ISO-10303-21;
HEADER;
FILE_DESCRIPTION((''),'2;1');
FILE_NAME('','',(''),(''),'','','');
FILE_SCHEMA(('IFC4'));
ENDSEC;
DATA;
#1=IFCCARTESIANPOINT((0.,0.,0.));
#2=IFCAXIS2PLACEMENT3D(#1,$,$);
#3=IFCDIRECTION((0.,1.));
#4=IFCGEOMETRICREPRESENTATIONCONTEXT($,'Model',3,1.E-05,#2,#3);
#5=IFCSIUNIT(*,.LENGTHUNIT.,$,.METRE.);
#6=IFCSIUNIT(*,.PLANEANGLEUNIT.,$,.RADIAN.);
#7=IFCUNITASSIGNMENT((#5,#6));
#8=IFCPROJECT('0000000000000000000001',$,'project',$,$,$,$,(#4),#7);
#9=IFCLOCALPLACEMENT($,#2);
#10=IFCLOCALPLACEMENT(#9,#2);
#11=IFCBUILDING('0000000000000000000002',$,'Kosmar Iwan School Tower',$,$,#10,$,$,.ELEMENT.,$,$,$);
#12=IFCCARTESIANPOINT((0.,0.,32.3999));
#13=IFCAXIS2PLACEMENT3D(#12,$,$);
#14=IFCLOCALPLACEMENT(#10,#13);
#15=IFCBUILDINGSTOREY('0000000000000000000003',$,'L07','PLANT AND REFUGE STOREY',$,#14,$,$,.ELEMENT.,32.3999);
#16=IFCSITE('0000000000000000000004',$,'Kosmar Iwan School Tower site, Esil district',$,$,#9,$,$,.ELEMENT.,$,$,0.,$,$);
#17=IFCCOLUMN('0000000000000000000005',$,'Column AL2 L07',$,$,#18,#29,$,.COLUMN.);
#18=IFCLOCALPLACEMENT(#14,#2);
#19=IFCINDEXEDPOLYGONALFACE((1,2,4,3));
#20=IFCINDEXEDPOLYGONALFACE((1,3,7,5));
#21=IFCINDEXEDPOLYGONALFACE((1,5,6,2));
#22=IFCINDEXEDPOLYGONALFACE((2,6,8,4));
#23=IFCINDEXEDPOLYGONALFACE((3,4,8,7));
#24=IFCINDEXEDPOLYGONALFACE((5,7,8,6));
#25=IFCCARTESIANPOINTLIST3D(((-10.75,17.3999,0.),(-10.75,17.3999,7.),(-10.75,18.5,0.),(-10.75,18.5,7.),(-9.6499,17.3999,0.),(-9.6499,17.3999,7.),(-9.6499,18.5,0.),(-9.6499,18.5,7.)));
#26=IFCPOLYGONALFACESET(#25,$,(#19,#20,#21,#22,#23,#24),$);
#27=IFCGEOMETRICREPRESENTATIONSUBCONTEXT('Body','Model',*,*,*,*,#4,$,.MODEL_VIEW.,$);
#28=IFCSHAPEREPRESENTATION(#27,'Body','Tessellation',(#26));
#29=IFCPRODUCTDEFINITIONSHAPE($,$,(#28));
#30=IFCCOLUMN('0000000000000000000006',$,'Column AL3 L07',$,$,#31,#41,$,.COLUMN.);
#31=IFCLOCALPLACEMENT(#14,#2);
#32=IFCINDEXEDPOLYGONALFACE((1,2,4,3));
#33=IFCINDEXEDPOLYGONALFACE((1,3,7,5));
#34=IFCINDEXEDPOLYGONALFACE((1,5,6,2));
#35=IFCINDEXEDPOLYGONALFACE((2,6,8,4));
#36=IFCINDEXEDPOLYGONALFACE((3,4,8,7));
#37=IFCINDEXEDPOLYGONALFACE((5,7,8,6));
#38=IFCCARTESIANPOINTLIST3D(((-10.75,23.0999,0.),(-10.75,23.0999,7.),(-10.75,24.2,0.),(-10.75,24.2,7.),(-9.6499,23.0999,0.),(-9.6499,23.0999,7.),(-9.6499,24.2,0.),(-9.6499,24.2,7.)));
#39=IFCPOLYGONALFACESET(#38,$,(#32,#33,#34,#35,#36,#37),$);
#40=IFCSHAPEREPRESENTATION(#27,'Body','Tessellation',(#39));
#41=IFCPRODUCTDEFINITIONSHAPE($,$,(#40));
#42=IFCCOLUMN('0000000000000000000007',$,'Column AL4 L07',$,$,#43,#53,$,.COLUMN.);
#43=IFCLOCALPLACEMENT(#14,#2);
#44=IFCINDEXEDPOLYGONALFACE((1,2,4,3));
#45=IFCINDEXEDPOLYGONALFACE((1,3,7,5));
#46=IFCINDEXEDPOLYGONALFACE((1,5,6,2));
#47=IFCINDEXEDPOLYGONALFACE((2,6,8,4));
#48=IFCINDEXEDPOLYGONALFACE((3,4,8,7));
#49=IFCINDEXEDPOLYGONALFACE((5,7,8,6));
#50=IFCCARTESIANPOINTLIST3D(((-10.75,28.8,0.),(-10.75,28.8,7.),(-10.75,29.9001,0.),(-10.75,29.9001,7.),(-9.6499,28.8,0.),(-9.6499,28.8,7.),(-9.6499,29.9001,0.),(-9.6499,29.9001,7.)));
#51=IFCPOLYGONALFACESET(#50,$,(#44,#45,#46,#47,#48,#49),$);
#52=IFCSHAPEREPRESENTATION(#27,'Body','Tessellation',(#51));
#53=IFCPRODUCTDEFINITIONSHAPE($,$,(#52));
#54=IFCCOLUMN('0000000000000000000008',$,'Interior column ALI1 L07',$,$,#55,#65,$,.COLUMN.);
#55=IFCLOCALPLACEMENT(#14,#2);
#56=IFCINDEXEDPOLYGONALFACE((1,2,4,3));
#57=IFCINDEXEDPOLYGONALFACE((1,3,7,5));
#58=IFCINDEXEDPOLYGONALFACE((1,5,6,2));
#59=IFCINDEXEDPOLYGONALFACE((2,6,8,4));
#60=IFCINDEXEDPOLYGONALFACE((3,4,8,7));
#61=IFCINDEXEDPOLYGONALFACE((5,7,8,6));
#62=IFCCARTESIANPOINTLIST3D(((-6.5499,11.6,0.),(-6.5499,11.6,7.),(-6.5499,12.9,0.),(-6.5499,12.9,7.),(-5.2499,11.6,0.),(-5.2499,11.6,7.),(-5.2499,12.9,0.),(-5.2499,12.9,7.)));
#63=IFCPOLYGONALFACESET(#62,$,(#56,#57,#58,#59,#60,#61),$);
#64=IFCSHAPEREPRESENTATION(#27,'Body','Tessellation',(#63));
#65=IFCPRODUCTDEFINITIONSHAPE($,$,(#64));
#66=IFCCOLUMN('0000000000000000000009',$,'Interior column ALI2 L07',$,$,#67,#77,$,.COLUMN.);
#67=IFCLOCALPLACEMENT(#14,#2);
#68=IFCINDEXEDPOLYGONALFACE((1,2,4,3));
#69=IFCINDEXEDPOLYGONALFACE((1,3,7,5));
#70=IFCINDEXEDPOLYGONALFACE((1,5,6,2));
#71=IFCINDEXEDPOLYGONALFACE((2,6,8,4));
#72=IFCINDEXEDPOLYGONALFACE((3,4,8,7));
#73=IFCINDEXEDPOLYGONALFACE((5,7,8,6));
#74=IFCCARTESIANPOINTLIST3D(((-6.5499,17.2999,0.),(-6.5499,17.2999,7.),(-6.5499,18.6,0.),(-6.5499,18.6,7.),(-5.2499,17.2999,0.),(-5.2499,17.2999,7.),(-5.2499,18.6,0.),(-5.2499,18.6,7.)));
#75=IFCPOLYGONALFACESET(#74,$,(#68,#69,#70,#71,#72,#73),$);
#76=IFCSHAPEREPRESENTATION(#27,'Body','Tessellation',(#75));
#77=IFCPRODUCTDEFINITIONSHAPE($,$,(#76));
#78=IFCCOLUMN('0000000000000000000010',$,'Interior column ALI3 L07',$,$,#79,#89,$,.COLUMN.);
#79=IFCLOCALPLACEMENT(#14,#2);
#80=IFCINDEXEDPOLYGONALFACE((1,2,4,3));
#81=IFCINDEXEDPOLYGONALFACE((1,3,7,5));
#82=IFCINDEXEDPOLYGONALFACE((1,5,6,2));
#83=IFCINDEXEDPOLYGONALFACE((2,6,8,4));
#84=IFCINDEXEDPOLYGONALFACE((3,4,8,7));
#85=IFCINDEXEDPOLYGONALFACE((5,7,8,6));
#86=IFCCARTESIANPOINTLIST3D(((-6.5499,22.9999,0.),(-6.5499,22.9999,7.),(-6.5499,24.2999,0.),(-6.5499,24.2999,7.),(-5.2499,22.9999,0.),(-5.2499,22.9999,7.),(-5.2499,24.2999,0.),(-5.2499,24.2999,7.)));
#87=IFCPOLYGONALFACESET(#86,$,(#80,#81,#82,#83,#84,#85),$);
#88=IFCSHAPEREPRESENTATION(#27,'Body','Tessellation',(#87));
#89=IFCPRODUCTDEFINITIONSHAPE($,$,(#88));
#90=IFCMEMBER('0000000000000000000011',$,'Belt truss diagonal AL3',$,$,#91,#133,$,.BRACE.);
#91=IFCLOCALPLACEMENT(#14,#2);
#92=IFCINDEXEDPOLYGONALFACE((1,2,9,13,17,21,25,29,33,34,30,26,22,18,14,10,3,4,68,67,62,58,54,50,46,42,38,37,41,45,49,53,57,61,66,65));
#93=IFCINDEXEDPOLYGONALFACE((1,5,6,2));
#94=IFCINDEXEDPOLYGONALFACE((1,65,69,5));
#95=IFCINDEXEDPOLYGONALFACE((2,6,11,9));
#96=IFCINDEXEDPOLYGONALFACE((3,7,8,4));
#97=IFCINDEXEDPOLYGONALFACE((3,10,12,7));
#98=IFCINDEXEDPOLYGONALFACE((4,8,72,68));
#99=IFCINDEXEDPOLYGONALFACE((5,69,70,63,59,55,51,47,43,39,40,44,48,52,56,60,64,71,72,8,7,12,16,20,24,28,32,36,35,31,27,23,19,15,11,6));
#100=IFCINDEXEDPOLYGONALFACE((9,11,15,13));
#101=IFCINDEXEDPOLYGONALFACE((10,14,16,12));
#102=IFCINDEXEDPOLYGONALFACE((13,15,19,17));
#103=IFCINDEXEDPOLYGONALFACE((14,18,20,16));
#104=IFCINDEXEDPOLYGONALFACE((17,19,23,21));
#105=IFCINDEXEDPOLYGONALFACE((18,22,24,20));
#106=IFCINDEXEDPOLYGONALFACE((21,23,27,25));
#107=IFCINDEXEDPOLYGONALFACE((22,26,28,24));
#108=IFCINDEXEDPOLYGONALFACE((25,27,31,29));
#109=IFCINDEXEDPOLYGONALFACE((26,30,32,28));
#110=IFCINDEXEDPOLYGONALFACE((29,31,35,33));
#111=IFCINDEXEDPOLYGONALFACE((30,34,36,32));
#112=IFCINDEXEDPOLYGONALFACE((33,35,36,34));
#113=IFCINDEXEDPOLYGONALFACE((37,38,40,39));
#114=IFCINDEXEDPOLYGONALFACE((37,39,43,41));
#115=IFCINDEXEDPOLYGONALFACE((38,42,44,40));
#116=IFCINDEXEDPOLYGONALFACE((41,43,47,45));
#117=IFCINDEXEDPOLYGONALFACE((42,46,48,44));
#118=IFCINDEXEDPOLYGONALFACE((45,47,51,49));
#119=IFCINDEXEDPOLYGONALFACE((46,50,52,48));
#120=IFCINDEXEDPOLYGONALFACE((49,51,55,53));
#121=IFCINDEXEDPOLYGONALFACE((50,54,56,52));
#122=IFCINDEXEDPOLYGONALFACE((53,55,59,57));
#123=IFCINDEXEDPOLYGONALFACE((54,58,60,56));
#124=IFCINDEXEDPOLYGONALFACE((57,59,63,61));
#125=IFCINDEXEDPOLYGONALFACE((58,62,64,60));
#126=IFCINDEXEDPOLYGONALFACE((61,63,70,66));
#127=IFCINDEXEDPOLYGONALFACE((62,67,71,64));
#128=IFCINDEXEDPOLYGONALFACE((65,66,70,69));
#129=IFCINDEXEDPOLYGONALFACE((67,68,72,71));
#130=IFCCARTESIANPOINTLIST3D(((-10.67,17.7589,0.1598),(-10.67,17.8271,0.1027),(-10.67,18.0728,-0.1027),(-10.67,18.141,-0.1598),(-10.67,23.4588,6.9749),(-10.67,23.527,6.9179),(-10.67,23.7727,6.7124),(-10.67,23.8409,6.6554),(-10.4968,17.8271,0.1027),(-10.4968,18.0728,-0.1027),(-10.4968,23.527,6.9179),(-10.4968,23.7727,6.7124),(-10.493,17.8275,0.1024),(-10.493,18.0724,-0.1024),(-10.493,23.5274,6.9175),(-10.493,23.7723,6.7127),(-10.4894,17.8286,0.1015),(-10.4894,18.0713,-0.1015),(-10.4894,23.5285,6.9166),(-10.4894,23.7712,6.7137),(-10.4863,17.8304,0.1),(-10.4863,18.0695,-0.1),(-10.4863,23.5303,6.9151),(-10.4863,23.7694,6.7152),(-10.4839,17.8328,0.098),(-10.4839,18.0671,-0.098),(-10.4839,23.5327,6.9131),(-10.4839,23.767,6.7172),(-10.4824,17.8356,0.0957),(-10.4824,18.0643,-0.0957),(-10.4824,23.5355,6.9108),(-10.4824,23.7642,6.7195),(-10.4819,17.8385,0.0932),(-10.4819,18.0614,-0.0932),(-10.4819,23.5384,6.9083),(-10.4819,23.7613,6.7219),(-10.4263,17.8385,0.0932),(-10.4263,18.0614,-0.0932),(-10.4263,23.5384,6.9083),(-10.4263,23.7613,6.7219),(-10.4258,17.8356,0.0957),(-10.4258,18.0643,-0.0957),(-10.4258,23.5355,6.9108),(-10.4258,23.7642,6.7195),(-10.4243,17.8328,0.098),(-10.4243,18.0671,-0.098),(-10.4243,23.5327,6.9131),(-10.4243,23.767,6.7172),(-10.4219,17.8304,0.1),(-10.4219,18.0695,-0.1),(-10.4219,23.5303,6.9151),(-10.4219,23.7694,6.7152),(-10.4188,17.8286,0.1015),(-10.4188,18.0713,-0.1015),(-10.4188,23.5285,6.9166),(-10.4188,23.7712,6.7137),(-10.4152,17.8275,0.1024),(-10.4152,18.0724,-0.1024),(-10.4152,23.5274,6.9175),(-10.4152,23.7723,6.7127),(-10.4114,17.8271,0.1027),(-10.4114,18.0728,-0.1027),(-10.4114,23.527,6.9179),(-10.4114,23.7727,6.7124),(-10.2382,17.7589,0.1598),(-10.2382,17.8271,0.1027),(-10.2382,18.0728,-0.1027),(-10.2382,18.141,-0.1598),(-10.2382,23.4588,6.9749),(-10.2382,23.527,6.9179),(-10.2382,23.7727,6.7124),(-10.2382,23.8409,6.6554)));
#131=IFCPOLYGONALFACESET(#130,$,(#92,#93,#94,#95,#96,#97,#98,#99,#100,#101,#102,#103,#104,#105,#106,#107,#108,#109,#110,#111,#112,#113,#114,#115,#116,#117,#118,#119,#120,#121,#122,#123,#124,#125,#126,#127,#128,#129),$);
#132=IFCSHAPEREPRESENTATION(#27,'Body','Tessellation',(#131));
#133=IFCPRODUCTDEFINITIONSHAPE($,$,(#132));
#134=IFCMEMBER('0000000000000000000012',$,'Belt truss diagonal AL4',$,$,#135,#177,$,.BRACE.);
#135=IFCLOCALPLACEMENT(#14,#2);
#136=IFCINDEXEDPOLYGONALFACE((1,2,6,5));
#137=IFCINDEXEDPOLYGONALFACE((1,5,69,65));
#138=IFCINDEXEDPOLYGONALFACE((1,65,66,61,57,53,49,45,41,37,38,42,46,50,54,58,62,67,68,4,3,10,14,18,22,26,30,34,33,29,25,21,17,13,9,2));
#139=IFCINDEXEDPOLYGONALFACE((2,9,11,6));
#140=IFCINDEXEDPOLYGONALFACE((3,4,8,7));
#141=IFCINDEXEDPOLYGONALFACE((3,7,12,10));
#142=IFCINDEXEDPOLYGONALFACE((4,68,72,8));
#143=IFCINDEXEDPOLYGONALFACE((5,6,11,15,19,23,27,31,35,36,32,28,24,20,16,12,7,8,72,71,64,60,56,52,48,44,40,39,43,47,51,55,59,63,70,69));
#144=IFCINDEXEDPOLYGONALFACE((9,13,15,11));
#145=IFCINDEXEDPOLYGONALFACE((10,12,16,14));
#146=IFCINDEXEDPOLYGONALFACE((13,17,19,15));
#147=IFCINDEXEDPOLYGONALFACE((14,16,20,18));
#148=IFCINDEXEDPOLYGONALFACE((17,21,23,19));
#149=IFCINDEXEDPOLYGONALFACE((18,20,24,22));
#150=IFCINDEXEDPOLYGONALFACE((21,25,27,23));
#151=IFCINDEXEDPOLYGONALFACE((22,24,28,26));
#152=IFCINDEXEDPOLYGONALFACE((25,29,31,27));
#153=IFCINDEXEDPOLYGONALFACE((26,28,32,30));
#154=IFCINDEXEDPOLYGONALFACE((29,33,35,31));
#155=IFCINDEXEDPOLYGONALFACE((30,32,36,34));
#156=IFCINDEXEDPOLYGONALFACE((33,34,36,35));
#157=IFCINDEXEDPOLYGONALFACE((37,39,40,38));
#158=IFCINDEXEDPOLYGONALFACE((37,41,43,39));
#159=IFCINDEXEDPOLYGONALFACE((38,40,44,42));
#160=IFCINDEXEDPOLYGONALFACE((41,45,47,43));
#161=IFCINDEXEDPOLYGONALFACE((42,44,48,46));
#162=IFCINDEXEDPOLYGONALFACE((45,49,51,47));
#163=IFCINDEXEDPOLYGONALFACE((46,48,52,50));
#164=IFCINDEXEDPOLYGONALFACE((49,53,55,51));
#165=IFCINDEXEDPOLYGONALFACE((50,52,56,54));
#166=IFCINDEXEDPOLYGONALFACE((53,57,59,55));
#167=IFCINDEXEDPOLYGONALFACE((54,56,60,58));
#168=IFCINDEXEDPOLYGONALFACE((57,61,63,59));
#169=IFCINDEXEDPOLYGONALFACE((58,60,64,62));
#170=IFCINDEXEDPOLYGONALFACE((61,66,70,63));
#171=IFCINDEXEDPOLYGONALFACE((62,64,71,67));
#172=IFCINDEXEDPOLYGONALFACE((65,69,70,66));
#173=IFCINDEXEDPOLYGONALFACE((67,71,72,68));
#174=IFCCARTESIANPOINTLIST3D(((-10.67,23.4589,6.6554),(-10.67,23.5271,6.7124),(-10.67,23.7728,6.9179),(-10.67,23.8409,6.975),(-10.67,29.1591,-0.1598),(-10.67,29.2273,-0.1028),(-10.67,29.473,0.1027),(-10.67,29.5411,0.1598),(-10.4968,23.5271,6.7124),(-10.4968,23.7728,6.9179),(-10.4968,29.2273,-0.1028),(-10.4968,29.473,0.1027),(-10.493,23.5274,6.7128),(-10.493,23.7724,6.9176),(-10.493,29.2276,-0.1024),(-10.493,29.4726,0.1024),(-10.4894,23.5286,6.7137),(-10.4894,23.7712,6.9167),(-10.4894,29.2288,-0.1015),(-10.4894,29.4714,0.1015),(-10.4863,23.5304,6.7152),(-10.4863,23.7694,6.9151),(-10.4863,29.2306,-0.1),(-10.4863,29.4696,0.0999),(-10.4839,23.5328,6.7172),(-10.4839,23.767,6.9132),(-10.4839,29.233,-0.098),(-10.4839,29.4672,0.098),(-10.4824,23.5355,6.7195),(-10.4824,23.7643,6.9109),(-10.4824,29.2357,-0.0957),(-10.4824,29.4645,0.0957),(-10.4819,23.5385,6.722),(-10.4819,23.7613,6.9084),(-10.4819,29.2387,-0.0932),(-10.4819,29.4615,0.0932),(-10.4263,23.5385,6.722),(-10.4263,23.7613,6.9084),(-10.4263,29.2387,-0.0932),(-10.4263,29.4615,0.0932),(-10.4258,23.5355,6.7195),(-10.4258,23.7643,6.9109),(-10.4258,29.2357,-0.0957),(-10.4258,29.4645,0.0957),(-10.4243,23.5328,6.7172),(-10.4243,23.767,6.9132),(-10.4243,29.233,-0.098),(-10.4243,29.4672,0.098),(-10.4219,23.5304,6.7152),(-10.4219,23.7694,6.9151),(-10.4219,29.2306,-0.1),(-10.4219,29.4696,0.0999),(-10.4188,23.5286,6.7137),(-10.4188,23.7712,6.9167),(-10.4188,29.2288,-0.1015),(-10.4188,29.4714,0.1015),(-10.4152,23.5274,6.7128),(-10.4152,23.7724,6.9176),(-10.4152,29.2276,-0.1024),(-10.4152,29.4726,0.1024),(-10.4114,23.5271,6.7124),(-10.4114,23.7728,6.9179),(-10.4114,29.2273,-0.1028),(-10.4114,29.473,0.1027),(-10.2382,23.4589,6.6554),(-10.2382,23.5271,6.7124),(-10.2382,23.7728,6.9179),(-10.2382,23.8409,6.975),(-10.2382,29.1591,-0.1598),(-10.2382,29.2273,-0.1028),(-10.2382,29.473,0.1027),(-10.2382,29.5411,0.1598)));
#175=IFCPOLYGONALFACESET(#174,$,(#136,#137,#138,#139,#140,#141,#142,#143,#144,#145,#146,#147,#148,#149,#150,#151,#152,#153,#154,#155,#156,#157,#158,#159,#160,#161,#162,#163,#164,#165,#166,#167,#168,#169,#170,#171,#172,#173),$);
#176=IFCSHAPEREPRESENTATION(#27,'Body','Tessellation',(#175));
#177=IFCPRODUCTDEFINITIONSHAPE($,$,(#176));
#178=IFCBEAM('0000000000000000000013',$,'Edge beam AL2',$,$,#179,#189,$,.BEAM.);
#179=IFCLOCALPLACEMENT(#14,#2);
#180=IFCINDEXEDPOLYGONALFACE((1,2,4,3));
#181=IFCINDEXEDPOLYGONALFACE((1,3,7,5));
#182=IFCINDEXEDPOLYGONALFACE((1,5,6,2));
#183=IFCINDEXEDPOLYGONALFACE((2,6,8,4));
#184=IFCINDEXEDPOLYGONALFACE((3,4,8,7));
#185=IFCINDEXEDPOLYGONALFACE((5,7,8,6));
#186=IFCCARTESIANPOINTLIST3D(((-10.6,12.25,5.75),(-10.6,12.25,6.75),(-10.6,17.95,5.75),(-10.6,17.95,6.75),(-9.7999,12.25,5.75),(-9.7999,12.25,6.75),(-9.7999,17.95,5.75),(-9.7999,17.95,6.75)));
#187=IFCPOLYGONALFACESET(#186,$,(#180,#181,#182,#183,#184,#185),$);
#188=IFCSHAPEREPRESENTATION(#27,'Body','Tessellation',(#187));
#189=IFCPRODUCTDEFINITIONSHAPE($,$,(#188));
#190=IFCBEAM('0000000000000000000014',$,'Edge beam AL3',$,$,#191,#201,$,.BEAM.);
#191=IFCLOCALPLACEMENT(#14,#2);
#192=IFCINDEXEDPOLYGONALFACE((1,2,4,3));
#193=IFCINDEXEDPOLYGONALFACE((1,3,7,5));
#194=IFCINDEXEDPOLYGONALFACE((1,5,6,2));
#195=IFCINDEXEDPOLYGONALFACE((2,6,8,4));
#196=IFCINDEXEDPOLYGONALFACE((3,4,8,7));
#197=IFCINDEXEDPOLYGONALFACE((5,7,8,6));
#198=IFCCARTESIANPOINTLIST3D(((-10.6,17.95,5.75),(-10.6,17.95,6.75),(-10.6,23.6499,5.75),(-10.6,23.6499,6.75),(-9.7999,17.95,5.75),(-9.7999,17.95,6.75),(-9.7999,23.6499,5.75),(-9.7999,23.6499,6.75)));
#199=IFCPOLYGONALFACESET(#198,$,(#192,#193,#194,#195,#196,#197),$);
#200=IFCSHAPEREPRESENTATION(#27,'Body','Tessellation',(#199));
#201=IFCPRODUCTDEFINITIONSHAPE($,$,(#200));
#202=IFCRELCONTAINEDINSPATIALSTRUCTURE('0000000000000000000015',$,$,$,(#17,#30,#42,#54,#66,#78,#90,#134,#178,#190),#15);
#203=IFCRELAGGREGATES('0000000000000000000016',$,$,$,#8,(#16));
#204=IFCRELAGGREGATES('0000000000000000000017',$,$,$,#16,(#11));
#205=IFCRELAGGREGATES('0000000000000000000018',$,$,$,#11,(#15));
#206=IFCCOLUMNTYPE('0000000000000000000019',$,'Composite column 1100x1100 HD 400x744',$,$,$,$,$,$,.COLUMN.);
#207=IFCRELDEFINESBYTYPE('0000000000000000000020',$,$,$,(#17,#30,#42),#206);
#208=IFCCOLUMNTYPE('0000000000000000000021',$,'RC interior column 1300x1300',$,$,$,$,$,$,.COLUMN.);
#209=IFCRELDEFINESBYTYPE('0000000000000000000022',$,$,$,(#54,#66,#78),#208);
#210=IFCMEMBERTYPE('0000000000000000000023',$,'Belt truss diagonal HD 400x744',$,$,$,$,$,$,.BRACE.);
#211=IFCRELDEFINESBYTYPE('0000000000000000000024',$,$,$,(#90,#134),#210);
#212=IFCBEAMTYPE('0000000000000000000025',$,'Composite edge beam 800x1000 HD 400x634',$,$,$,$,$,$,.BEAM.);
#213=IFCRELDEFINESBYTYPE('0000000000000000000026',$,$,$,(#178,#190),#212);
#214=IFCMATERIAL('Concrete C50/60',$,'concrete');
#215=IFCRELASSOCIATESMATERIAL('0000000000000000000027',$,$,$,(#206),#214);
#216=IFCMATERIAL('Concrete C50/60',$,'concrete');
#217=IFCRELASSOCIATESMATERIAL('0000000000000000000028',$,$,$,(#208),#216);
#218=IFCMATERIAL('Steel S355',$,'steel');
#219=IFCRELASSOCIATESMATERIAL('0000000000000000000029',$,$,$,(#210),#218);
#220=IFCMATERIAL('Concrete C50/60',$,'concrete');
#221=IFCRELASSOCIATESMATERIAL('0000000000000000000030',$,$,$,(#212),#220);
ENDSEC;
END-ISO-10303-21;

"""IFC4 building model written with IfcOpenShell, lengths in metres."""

from ifc_helpers import new_model, si_unit, direction, frame, origin, origin_2d, place, context, subcontext, project, spatial, rectangle, i_section, extrude, material, material_profile, profile_set, type_object, element, save


model = new_model("IFC4")

# Units and contexts
model_context = context("Model", 3, precision=1e-05, world=origin(), true_north=direction((0.0, 1.0)))
body_context = subcontext(model_context, "Body", "Model", "MODEL_VIEW")
ifc_project = project(units=[si_unit("LENGTHUNIT", "METRE"), si_unit("PLANEANGLEUNIT", "RADIAN")], contexts=[model_context])

# Site, building, storey
site_placement = place(None, origin())
site = spatial("IfcSite", under=ifc_project, at=site_placement, Name="Kosmar Iwan School Tower site, Esil district", CompositionType="ELEMENT", RefElevation=0.0)
building_placement = place(site_placement, origin())
building = spatial("IfcBuilding", under=site, at=building_placement, Name="Kosmar Iwan School Tower", CompositionType="ELEMENT")
storey_placement = place(building_placement, frame((0.0, 0.0, 32.3999)))
storey = spatial("IfcBuildingStorey", under=building, at=storey_placement, Name="L07", Description="PLANT AND REFUGE STOREY", CompositionType="ELEMENT", Elevation=32.3999)

# Columns
ifc_material_1 = material(Name="Concrete C50/60", Category="concrete")
ifc_material_profile_1 = material_profile(ifc_material_1, rectangle(XDim=1.1001, YDim=1.1001, at=origin_2d()), Name="RC 1100x1100 + HD 400x744")
ifc_profile_set_1 = profile_set([ifc_material_profile_1], Name="Concrete C50/60")
column_type_1 = type_object("IfcColumnType", Name="Composite column 1100x1100 HD 400x744", PredefinedType="COLUMN", material=ifc_profile_set_1)
for number, where, z_axis, x_axis, name in (
    (1, (-10.2, 17.95, 0.0), (0.0, 0.0, 1.0), (0.0, 1.0, 0.0), "Column AL2 L07"),
    (2, (-10.2, 23.6499, 0.0), (0.0, 0.0, 1.0), (0.0, 1.0, 0.0), "Column AL3 L07"),
    (3, (-10.2, 29.3501, 0.0), (0.0, 0.0, 1.0), (0.0, 1.0, 0.0), "Column AL4 L07"),
):
    element("IfcColumn", number, at=place(storey_placement, frame(where, z_axis=z_axis, x_axis=x_axis)), inside=storey, type_object=column_type_1, Name=name, PredefinedType="COLUMN", context=body_context, shape_type="SweptSolid", body=[
        extrude(rectangle(XDim=1.1001, YDim=1.1001, at=origin_2d()), origin(), (0.0, 0.0, 1.0), 7.0),
    ])
ifc_material_2 = material(Name="Concrete C50/60", Category="concrete")
ifc_material_profile_2 = material_profile(ifc_material_2, rectangle(XDim=1.3, YDim=1.3, at=origin_2d()), Name="RC 1300x1300")
ifc_profile_set_2 = profile_set([ifc_material_profile_2], Name="Concrete C50/60")
column_type_2 = type_object("IfcColumnType", Name="RC interior column 1300x1300", PredefinedType="COLUMN", material=ifc_profile_set_2)
for number, where, z_axis, x_axis, name in (
    (4, (-5.8999, 12.25, 0.0), (0.0, 0.0, 1.0), (0.0, 1.0, 0.0), "Interior column ALI1 L07"),
    (5, (-5.8999, 17.95, 0.0), (0.0, 0.0, 1.0), (0.0, 1.0, 0.0), "Interior column ALI2 L07"),
    (6, (-5.8999, 23.6499, 0.0), (0.0, 0.0, 1.0), (0.0, 1.0, 0.0), "Interior column ALI3 L07"),
):
    element("IfcColumn", number, at=place(storey_placement, frame(where, z_axis=z_axis, x_axis=x_axis)), inside=storey, type_object=column_type_2, Name=name, PredefinedType="COLUMN", context=body_context, shape_type="SweptSolid", body=[
        extrude(rectangle(XDim=1.3, YDim=1.3, at=origin_2d()), origin(), (0.0, 0.0, 1.0), 7.0),
    ])

# Members
ifc_material_3 = material(Name="Steel S355", Category="steel")
ifc_material_profile_3 = material_profile(ifc_material_3, i_section(OverallWidth=0.4319, OverallDepth=0.498, WebThickness=0.0557, FlangeThickness=0.0889, FilletRadius=0.0149, at=origin_2d()), Name="HD 400x744")
ifc_profile_set_3 = profile_set([ifc_material_profile_3], Name="Steel S355")
member_type = type_object("IfcMemberType", Name="Belt truss diagonal HD 400x744", PredefinedType="BRACE", material=ifc_profile_set_3)
member_1_placement = place(storey_placement, frame((-10.4541, 17.95, 0.0), z_axis=(0.0, 0.641554, 0.767078), x_axis=(-1.0, 0.0, 0.0)))
element("IfcMember", 7, at=member_1_placement, inside=storey, type_object=member_type, Name="Belt truss diagonal AL3", PredefinedType="BRACE", context=body_context, shape_type="SweptSolid", body=[
    extrude(i_section(OverallWidth=0.4319, OverallDepth=0.498, WebThickness=0.0557, FlangeThickness=0.0889, FilletRadius=0.0149, at=origin_2d()), origin(), (0.0, 0.0, 1.0), 8.8845),
])
member_2_placement = place(storey_placement, frame((-10.4541, 23.6499, 6.8152), z_axis=(0.0, 0.64157, -0.767065), x_axis=(-1.0, 0.0, 0.0)))
element("IfcMember", 8, at=member_2_placement, inside=storey, type_object=member_type, Name="Belt truss diagonal AL4", PredefinedType="BRACE", context=body_context, shape_type="SweptSolid", body=[
    extrude(i_section(OverallWidth=0.4319, OverallDepth=0.498, WebThickness=0.0557, FlangeThickness=0.0889, FilletRadius=0.0149, at=origin_2d()), origin(), (0.0, 0.0, 1.0), 8.8848),
])

# Beams
ifc_material_4 = material(Name="Concrete C50/60", Category="concrete")
ifc_material_profile_4 = material_profile(ifc_material_4, rectangle(XDim=0.8, YDim=1.0, at=origin_2d()), Name="RC 800x1000 + HD 400x634")
ifc_profile_set_4 = profile_set([ifc_material_profile_4], Name="Concrete C50/60")
beam_type_1 = type_object("IfcBeamType", Name="Composite edge beam 800x1000 HD 400x634", PredefinedType="BEAM", material=ifc_profile_set_4)
for number, where, z_axis, x_axis, name in (
    (9, (-10.2, 12.25, 6.25), (0.0, 1.0, 0.0), (-1.0, 0.0, 0.0), "Edge beam AL2"),
    (10, (-10.2, 17.95, 6.25), (0.0, 1.0, 0.0), (-1.0, 0.0, 0.0), "Edge beam AL3"),
):
    element("IfcBeam", number, at=place(storey_placement, frame(where, z_axis=z_axis, x_axis=x_axis)), inside=storey, type_object=beam_type_1, Name=name, PredefinedType="BEAM", context=body_context, shape_type="SweptSolid", body=[
        extrude(rectangle(XDim=0.8, YDim=1.0, at=origin_2d()), origin(), (0.0, 0.0, 1.0), 5.7),
    ])

save(model, "model.ifc")
